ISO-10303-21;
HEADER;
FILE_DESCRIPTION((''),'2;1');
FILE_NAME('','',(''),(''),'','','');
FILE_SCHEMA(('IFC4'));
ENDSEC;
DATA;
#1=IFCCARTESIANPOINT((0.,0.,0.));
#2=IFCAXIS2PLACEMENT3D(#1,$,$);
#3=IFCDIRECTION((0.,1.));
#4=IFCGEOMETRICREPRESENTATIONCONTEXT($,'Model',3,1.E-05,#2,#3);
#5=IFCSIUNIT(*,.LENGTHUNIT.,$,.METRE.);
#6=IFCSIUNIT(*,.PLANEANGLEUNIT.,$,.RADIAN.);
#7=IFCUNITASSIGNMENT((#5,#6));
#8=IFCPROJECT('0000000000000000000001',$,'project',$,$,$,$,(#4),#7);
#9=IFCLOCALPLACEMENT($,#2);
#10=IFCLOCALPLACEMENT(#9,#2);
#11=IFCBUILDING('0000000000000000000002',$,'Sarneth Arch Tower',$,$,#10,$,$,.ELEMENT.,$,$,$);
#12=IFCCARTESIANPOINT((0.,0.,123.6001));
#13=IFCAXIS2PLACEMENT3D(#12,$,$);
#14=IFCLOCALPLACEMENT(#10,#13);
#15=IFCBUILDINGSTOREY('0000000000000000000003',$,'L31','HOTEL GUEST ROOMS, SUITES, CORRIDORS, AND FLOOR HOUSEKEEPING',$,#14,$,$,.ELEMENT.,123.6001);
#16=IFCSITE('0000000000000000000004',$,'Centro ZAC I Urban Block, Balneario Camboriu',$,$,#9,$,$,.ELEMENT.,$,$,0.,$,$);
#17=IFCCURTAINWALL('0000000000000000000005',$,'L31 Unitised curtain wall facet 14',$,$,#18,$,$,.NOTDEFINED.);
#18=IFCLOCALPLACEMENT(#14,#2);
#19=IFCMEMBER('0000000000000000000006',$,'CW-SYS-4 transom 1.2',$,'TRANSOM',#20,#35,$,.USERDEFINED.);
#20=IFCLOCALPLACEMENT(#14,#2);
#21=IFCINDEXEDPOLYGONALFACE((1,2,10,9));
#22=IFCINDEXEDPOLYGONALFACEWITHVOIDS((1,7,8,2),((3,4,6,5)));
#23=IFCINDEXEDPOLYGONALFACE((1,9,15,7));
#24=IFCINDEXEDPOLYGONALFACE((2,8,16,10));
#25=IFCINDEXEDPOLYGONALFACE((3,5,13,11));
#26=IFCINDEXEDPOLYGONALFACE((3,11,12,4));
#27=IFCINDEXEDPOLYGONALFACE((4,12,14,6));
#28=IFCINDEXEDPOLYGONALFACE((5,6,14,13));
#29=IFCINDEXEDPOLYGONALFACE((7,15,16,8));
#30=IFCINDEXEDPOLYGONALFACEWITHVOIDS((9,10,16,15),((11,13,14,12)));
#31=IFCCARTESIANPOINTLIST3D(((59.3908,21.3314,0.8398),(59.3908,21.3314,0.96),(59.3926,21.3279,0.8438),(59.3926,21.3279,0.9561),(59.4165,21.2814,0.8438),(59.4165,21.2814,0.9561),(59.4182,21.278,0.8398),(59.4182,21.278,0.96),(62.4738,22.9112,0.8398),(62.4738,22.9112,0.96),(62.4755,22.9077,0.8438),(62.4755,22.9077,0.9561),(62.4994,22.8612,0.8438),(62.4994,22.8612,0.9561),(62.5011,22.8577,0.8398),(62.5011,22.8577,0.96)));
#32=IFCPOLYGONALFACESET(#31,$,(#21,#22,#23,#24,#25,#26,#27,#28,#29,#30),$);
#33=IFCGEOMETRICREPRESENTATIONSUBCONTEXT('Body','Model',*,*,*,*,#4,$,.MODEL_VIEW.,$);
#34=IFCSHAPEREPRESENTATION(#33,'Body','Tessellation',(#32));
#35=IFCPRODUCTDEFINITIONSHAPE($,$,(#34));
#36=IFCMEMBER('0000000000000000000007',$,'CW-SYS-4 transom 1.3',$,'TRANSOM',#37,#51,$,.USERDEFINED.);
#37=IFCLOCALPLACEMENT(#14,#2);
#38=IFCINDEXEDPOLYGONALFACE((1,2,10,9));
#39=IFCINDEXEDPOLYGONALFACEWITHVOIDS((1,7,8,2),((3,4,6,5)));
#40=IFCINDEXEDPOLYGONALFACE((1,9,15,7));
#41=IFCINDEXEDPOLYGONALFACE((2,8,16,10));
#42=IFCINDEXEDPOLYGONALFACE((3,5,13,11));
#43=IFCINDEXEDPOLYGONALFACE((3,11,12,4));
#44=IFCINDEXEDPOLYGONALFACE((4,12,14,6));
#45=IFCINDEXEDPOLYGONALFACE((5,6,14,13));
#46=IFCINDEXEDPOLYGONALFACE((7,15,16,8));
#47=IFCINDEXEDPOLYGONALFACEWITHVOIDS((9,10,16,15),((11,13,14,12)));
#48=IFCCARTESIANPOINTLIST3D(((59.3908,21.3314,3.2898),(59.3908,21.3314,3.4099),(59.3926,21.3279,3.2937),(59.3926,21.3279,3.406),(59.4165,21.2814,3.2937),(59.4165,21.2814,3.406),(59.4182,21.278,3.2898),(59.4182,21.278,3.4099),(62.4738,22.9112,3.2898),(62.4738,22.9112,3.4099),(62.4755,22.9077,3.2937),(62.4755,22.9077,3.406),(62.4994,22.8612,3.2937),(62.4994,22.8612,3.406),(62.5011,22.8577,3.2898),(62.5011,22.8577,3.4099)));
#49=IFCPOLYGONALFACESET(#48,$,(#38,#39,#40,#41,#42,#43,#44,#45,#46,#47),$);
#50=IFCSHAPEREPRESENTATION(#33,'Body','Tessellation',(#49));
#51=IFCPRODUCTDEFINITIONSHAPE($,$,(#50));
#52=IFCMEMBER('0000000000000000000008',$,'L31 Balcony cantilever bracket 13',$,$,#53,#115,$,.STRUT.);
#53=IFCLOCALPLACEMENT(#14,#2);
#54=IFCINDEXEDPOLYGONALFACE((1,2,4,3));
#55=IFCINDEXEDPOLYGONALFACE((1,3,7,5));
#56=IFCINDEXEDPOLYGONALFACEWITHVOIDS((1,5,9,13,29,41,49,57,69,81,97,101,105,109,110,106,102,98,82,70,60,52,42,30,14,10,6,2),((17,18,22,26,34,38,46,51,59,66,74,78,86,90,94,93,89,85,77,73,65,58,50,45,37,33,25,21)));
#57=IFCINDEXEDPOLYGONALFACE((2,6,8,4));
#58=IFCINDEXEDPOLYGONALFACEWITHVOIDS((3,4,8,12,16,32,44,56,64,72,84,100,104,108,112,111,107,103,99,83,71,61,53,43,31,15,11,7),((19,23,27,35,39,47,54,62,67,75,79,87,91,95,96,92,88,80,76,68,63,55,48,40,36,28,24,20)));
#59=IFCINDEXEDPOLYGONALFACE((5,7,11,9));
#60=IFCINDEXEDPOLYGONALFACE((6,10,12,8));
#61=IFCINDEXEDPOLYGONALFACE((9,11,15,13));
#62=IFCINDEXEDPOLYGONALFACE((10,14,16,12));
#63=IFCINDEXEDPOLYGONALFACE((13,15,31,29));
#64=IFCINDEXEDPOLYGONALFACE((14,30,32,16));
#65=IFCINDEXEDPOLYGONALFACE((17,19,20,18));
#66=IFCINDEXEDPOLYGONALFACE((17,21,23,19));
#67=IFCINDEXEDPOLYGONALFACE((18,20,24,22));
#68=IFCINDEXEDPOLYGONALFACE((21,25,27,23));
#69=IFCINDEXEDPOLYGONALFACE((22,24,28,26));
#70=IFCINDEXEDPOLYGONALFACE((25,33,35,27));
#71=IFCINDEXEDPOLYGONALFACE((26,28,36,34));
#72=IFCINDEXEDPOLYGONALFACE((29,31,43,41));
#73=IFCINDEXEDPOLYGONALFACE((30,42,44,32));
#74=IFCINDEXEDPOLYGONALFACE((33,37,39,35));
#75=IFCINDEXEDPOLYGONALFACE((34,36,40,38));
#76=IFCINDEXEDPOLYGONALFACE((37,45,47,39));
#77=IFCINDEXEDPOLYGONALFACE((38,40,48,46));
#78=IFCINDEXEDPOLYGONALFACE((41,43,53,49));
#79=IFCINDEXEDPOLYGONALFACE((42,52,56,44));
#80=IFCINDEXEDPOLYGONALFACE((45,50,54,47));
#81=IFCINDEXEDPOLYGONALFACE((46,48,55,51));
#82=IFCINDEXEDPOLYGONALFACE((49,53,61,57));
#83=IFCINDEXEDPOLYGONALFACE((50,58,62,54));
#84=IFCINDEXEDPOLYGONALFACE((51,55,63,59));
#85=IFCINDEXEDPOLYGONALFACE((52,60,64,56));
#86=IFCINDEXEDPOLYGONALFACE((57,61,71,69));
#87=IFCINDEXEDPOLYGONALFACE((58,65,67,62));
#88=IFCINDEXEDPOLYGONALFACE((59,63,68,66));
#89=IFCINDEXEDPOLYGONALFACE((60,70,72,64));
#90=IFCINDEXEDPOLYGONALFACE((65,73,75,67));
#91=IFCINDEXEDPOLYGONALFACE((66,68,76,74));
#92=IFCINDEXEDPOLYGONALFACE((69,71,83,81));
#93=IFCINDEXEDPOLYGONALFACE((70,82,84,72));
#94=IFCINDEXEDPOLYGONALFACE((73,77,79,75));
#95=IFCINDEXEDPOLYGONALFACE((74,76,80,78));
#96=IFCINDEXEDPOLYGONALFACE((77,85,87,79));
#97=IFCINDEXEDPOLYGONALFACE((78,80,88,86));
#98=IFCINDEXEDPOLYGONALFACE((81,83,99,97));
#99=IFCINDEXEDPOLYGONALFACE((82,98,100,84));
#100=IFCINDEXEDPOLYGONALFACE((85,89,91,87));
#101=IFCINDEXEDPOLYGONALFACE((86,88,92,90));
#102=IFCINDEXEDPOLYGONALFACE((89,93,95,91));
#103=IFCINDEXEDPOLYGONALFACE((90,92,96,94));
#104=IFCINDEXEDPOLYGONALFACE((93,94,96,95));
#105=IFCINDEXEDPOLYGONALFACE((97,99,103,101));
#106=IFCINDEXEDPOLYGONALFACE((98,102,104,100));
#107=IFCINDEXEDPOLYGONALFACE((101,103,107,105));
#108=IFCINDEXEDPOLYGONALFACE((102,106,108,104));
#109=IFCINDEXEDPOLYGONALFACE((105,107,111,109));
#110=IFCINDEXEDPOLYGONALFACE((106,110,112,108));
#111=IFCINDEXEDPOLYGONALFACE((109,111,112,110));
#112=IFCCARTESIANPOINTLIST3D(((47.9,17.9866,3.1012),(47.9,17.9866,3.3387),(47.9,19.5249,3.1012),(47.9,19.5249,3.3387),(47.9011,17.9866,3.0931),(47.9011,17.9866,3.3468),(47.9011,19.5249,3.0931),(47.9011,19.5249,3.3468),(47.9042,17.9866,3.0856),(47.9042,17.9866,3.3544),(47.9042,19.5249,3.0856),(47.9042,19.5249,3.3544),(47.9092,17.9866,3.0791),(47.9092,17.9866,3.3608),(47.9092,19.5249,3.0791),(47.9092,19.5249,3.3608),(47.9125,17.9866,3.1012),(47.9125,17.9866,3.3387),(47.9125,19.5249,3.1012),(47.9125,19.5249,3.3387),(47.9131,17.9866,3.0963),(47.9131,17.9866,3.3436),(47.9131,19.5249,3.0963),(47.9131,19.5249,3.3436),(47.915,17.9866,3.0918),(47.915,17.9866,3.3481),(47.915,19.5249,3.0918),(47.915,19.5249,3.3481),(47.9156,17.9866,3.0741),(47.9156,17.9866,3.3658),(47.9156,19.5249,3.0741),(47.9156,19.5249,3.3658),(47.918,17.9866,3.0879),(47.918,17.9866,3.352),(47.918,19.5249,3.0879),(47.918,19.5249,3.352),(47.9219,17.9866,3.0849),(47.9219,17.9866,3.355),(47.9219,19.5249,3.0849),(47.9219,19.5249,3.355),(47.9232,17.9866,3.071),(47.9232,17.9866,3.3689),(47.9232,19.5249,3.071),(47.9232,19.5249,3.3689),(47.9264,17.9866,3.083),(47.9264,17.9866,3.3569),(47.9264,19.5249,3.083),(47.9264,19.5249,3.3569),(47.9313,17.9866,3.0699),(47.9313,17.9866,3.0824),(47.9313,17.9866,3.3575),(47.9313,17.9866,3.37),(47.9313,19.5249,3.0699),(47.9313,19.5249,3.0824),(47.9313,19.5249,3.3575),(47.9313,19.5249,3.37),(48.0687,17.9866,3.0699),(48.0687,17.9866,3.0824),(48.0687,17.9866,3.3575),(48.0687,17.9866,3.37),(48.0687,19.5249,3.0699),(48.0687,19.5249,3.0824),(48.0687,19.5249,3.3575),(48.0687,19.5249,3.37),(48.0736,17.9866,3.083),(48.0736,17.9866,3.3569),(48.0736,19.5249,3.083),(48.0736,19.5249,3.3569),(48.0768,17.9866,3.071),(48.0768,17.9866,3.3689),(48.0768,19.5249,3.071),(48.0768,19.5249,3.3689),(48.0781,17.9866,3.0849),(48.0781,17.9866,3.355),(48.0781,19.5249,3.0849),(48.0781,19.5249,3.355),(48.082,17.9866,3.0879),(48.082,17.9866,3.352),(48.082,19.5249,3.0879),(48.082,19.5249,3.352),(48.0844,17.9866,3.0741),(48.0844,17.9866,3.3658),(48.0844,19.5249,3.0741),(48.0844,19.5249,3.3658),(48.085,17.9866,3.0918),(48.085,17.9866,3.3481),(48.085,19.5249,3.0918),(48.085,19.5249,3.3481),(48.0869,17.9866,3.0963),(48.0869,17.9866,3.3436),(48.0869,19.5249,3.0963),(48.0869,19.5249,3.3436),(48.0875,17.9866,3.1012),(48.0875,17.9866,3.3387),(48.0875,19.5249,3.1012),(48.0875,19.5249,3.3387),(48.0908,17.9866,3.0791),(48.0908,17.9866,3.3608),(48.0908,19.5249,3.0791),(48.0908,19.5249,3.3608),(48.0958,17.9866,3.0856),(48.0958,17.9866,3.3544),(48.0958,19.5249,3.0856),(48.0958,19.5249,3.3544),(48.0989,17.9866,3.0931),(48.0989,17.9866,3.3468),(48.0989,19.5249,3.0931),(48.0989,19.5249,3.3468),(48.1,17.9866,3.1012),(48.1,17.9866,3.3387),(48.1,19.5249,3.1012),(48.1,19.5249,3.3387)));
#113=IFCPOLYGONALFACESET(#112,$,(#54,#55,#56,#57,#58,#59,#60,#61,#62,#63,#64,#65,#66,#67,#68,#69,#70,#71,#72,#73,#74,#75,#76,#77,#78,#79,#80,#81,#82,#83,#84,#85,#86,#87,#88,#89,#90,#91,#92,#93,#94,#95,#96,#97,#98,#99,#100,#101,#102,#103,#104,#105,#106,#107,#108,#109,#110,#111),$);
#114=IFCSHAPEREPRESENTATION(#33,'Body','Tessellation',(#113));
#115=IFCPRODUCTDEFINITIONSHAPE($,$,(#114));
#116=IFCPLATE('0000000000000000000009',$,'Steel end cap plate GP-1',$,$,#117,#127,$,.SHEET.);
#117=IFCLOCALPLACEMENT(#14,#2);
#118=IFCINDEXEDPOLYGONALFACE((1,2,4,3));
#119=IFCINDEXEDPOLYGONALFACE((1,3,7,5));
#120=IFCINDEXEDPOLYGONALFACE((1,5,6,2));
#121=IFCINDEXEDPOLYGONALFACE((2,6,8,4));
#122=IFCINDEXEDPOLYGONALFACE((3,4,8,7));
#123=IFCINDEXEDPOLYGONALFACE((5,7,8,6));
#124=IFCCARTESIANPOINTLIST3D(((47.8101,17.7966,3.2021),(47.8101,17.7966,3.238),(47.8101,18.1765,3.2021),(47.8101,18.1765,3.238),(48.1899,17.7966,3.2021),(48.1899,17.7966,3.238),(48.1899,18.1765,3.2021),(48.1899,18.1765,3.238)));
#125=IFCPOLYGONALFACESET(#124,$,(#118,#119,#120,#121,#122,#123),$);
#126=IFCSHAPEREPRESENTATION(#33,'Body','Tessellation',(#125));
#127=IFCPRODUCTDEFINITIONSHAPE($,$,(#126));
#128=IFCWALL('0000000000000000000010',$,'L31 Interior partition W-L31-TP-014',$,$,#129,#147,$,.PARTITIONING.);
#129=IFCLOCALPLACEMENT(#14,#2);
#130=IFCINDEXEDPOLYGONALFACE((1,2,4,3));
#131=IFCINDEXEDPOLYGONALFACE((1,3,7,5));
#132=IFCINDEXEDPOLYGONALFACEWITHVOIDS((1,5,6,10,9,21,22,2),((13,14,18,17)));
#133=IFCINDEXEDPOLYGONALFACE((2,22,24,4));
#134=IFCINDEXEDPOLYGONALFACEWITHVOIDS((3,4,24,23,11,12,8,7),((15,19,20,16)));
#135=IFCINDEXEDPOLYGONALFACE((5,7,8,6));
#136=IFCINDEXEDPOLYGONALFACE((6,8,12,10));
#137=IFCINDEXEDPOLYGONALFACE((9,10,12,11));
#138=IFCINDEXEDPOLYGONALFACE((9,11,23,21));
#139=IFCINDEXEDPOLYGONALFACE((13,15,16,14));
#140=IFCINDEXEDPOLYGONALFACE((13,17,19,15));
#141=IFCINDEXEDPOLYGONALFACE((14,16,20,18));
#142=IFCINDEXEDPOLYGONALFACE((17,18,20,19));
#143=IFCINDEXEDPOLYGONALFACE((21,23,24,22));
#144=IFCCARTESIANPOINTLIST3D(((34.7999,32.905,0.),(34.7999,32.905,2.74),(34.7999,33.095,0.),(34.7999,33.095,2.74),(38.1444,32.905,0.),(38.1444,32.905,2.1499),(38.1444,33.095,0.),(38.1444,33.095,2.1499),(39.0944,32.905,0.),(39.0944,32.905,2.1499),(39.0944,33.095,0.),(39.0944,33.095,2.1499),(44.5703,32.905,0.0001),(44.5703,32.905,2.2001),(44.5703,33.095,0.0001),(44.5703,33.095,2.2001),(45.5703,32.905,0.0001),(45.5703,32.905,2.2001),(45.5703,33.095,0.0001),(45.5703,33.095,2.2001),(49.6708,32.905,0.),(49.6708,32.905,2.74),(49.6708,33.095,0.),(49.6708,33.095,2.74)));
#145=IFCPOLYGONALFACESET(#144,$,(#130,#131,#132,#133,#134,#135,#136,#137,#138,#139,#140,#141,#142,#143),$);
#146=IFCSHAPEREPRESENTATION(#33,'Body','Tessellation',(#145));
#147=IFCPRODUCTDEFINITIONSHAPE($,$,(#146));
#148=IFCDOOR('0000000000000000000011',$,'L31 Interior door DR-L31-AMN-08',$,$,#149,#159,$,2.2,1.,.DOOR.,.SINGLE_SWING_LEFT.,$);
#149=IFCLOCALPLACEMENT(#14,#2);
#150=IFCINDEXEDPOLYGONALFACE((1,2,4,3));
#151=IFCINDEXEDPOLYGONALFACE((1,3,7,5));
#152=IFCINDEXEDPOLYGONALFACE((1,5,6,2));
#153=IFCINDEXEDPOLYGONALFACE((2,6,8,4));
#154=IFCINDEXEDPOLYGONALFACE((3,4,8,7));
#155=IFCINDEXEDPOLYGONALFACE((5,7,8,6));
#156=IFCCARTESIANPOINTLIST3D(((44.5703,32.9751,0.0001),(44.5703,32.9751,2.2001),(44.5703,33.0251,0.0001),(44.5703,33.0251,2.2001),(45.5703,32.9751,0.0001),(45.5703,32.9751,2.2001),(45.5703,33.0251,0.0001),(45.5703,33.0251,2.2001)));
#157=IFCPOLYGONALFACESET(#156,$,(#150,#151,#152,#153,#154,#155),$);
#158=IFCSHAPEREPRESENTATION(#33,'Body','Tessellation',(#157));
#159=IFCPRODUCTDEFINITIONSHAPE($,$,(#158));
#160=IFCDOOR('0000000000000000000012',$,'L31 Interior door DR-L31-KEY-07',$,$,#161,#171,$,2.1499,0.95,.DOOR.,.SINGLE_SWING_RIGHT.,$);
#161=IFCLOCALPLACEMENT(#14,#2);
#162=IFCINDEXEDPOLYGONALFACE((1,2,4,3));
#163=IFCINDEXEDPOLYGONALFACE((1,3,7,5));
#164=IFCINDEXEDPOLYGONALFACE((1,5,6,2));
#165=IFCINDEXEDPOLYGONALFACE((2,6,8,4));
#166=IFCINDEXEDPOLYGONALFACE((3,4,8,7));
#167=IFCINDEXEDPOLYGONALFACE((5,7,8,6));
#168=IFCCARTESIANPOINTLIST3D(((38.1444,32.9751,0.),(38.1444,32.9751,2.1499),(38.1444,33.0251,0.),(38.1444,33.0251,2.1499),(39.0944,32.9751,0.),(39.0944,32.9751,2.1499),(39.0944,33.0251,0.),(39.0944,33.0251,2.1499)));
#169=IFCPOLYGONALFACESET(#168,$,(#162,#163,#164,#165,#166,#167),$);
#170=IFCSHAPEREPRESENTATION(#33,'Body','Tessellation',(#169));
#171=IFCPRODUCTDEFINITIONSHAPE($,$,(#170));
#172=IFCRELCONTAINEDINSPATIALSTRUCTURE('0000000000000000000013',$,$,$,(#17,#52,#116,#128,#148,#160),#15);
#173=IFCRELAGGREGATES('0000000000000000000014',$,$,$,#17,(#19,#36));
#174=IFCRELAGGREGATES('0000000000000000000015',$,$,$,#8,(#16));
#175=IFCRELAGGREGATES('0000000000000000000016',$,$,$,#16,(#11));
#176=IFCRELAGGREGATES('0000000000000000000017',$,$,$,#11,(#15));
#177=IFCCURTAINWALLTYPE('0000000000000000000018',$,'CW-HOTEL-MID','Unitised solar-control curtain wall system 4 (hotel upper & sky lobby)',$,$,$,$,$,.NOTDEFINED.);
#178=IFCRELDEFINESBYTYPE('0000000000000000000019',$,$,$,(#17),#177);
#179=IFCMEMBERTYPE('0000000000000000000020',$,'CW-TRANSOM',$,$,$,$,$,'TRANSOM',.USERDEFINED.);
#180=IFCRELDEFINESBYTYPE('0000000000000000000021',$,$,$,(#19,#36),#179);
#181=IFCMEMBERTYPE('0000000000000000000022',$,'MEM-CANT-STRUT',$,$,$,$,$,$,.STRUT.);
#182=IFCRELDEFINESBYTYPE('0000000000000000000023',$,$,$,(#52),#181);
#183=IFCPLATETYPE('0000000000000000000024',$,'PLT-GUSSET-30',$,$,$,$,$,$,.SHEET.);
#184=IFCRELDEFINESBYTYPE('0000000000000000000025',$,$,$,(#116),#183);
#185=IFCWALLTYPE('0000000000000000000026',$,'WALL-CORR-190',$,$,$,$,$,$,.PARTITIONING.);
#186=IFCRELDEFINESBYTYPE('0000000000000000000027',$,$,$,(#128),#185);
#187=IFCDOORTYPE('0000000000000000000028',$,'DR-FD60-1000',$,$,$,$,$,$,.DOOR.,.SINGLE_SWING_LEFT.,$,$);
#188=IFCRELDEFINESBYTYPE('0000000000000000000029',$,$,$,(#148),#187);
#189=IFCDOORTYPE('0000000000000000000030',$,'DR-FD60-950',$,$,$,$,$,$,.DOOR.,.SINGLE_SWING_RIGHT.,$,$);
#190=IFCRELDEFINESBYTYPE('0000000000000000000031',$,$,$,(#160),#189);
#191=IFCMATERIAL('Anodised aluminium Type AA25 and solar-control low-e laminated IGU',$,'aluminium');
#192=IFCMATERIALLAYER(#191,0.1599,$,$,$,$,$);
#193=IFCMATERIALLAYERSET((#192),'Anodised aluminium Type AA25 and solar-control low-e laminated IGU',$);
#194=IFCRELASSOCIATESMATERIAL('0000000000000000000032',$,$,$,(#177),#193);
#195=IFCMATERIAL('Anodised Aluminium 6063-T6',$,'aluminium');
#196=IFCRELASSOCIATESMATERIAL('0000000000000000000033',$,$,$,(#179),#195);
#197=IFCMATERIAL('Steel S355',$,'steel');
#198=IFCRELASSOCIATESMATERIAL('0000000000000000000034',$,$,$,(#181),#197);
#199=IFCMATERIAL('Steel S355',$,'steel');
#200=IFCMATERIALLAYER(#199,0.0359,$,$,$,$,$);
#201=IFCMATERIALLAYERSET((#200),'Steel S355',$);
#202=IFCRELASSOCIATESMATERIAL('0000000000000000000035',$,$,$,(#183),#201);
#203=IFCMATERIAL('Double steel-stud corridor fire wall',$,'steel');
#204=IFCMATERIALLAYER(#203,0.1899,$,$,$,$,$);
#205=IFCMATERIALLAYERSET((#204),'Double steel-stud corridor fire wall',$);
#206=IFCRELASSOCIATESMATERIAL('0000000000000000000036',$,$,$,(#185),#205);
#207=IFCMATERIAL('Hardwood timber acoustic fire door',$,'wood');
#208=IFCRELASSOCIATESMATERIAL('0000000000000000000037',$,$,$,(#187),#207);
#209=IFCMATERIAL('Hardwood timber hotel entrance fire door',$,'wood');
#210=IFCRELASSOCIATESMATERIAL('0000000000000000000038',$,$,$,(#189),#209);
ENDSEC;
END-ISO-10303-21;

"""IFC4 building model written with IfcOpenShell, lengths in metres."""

from ifc_helpers import new_model, si_unit, direction, frame, frame_2d, origin, origin_2d, place, context, subcontext, project, spatial, rectangle, hollow_rectangle, extrude, material, layer, layer_set, material_profile, profile_set, type_object, element, fill, aggregate, save


model = new_model("IFC4")

# Units and contexts
model_context = context("Model", 3, precision=1e-05, world=origin(), true_north=direction((0.0, 1.0)))
body_context = subcontext(model_context, "Body", "Model", "MODEL_VIEW")
ifc_project = project(units=[si_unit("LENGTHUNIT", "METRE"), si_unit("PLANEANGLEUNIT", "RADIAN")], contexts=[model_context])

# Site, building, storey
site_placement = place(None, origin())
site = spatial("IfcSite", under=ifc_project, at=site_placement, Name="Centro ZAC I Urban Block, Balneario Camboriu", CompositionType="ELEMENT", RefElevation=0.0)
building_placement = place(site_placement, origin())
building = spatial("IfcBuilding", under=site, at=building_placement, Name="Sarneth Arch Tower", CompositionType="ELEMENT")
storey_placement = place(building_placement, frame((0.0, 0.0, 123.6001)))
storey = spatial("IfcBuildingStorey", under=building, at=storey_placement, Name="L31", Description="HOTEL GUEST ROOMS, SUITES, CORRIDORS, AND FLOOR HOUSEKEEPING", CompositionType="ELEMENT", Elevation=123.6001)

# Curtain wall, members
ifc_material_1 = material(Name="Anodised aluminium Type AA25 and solar-control low-e laminated IGU", Category="aluminium")
ifc_layer_1 = layer(ifc_material_1, 0.1599)
ifc_layer_set_1 = layer_set([ifc_layer_1], Name="Anodised aluminium Type AA25 and solar-control low-e laminated IGU")
curtain_wall_type = type_object("IfcCurtainWallType", Name="CW-HOTEL-MID", Description="Unitised solar-control curtain wall system 4 (hotel upper & sky lobby)", PredefinedType="NOTDEFINED", material=ifc_layer_set_1)
curtain_wall_placement = place(storey_placement, origin())
curtain_wall = element("IfcCurtainWall", 1, at=curtain_wall_placement, inside=storey, type_object=curtain_wall_type, Name="L31 Unitised curtain wall facet 14", PredefinedType="NOTDEFINED")
ifc_material_2 = material(Name="Anodised Aluminium 6063-T6", Category="aluminium")
ifc_material_profile_1 = material_profile(ifc_material_2, hollow_rectangle(XDim=0.0601, YDim=0.1201, WallThickness=0.0039, at=origin_2d()), Name="AL-TRAN-120x60x4")
ifc_profile_set_1 = profile_set([ifc_material_profile_1], Name="Anodised Aluminium 6063-T6")
member_type_1 = type_object("IfcMemberType", Name="CW-TRANSOM", ElementType="TRANSOM", PredefinedType="USERDEFINED", material=ifc_profile_set_1)
member_1_placement = place(storey_placement, frame((59.4045, 21.3047, 0.8999), z_axis=(0.889958, 0.456043, 0.0), x_axis=(-0.456043, 0.889958, 0.0)))
member_1 = element("IfcMember", 2, at=member_1_placement, type_object=member_type_1, Name="CW-SYS-4 transom 1.2", ObjectType="TRANSOM", PredefinedType="USERDEFINED", context=body_context, shape_type="SweptSolid", body=[
    extrude(hollow_rectangle(XDim=0.0601, YDim=0.1201, WallThickness=0.0039, at=origin_2d()), origin(), (0.0, 0.0, 1.0), 3.4641),
])
member_2_placement = place(storey_placement, frame((59.4045, 21.3047, 3.3499), z_axis=(0.889958, 0.456043, 0.0), x_axis=(-0.456043, 0.889958, 0.0)))
member_2 = element("IfcMember", 3, at=member_2_placement, type_object=member_type_1, Name="CW-SYS-4 transom 1.3", ObjectType="TRANSOM", PredefinedType="USERDEFINED", context=body_context, shape_type="SweptSolid", body=[
    extrude(hollow_rectangle(XDim=0.0601, YDim=0.1201, WallThickness=0.0039, at=origin_2d()), origin(), (0.0, 0.0, 1.0), 3.4641),
])
aggregate(curtain_wall, [member_1, member_2])

# Member
ifc_material_3 = material(Name="Steel S355", Category="steel")
ifc_material_profile_2 = material_profile(ifc_material_3, hollow_rectangle(XDim=0.2, YDim=0.3, WallThickness=0.0125, InnerFilletRadius=0.0188, OuterFilletRadius=0.0312, at=origin_2d()), Name="RHS300x200x12.5")
ifc_profile_set_2 = profile_set([ifc_material_profile_2], Name="Steel S355")
member_type_2 = type_object("IfcMemberType", Name="MEM-CANT-STRUT", PredefinedType="STRUT", material=ifc_profile_set_2)
member_3_placement = place(storey_placement, frame((48.0, 19.5249, 3.22), z_axis=(0.0, -1.0, 0.0), x_axis=(1.0, 0.0, 0.0)))
element("IfcMember", 4, at=member_3_placement, inside=storey, type_object=member_type_2, Name="L31 Balcony cantilever bracket 13", PredefinedType="STRUT", context=body_context, shape_type="SweptSolid", body=[
    extrude(hollow_rectangle(XDim=0.2, YDim=0.3, WallThickness=0.0125, InnerFilletRadius=0.0188, OuterFilletRadius=0.0312, at=origin_2d()), origin(), (0.0, 0.0, 1.0), 1.5383),
])

# Plate
ifc_material_4 = material(Name="Steel S355", Category="steel")
ifc_layer_2 = layer(ifc_material_4, 0.0359)
ifc_layer_set_2 = layer_set([ifc_layer_2], Name="Steel S355")
plate_type = type_object("IfcPlateType", Name="PLT-GUSSET-30", PredefinedType="SHEET", material=ifc_layer_set_2)
plate_placement = place(storey_placement, frame((48.0, 17.9866, 3.2021), z_axis=(0.0, 0.0, 1.0), x_axis=(0.0, -1.0, 0.0)))
element("IfcPlate", 5, at=plate_placement, inside=storey, type_object=plate_type, Name="Steel end cap plate GP-1", PredefinedType="SHEET", context=body_context, shape_type="SweptSolid", body=[
    extrude(rectangle(XDim=0.3799, YDim=0.3799, at=origin_2d()), origin(), (0.0, 0.0, 1.0), 0.0359),
])

# Wall, openings, doors
ifc_material_5 = material(Name="Double steel-stud corridor fire wall", Category="steel")
ifc_layer_3 = layer(ifc_material_5, 0.1899)
ifc_layer_set_3 = layer_set([ifc_layer_3], Name="Double steel-stud corridor fire wall")
wall_type_1 = type_object("IfcWallType", Name="WALL-CORR-190", PredefinedType="PARTITIONING", material=ifc_layer_set_3)
wall_1_placement = place(storey_placement, frame((49.6709, 33.0, 0.0), z_axis=(0.0, 0.0, 1.0), x_axis=(-1.0, 0.0, 0.0)))
wall_1 = element("IfcWall", 6, at=wall_1_placement, inside=storey, type_object=wall_type_1, Name="L31 Interior partition W-L31-TP-014", PredefinedType="PARTITIONING", context=body_context, shape_type="SweptSolid", body=[
    extrude(rectangle(XDim=14.8708, YDim=0.1899, at=frame_2d((7.4355, 0.0))), origin(), (0.0, 0.0, 1.0), 2.74),
])
opening_1_placement = place(wall_1_placement, frame((10.5764, 0.0, 0.0)))
opening_1 = element("IfcOpeningElement", 7, at=opening_1_placement, cuts=wall_1, PredefinedType="OPENING", context=body_context, shape_type="SweptSolid", body=[
    extrude(rectangle(XDim=0.95, YDim=2.1499, at=frame_2d((0.4751, 1.075))), frame((0.0, 0.105, 0.0), z_axis=(0.0, -1.0, 0.0), x_axis=(1.0, 0.0, 0.0)), (0.0, 0.0, 1.0), 0.21),
])
opening_2_placement = place(wall_1_placement, frame((4.1006, 0.0, 0.0)))
opening_2 = element("IfcOpeningElement", 8, at=opening_2_placement, cuts=wall_1, PredefinedType="OPENING", context=body_context, shape_type="SweptSolid", body=[
    extrude(rectangle(XDim=1.0, YDim=2.2, at=frame_2d((0.5, 1.1001))), frame((0.0, 0.105, 0.0), z_axis=(0.0, -1.0, 0.0), x_axis=(1.0, 0.0, 0.0)), (0.0, 0.0, 1.0), 0.21),
])
ifc_material_6 = material(Name="Hardwood timber acoustic fire door", Category="wood")
door_type_1 = type_object("IfcDoorType", Name="DR-FD60-1000", OperationType="SINGLE_SWING_LEFT", PredefinedType="DOOR", material=ifc_material_6)
door_1_placement = place(opening_2_placement, origin())
door_1 = element("IfcDoor", 9, at=door_1_placement, inside=storey, type_object=door_type_1, Name="L31 Interior door DR-L31-AMN-08", OperationType="SINGLE_SWING_LEFT", OverallHeight=2.2, OverallWidth=1.0, PredefinedType="DOOR", context=body_context, shape_type="SweptSolid", body=[
    extrude(rectangle(XDim=1.0, YDim=2.2, at=frame_2d((0.5, 1.1001))), frame((0.0, 0.0249, 0.0), z_axis=(0.0, -1.0, 0.0), x_axis=(1.0, 0.0, 0.0)), (0.0, 0.0, 1.0), 0.05),
])
fill(opening_2, door_1)
ifc_material_7 = material(Name="Hardwood timber hotel entrance fire door", Category="wood")
door_type_2 = type_object("IfcDoorType", Name="DR-FD60-950", OperationType="SINGLE_SWING_RIGHT", PredefinedType="DOOR", material=ifc_material_7)
door_2_placement = place(opening_1_placement, origin())
door_2 = element("IfcDoor", 10, at=door_2_placement, inside=storey, type_object=door_type_2, Name="L31 Interior door DR-L31-KEY-07", OperationType="SINGLE_SWING_RIGHT", OverallHeight=2.1499, OverallWidth=0.95, PredefinedType="DOOR", context=body_context, shape_type="SweptSolid", body=[
    extrude(rectangle(XDim=0.95, YDim=2.1499, at=frame_2d((0.4751, 1.075))), frame((0.0, 0.0249, 0.0), z_axis=(0.0, -1.0, 0.0), x_axis=(1.0, 0.0, 0.0)), (0.0, 0.0, 1.0), 0.05),
])
fill(opening_1, door_2)

save(model, "model.ifc")
